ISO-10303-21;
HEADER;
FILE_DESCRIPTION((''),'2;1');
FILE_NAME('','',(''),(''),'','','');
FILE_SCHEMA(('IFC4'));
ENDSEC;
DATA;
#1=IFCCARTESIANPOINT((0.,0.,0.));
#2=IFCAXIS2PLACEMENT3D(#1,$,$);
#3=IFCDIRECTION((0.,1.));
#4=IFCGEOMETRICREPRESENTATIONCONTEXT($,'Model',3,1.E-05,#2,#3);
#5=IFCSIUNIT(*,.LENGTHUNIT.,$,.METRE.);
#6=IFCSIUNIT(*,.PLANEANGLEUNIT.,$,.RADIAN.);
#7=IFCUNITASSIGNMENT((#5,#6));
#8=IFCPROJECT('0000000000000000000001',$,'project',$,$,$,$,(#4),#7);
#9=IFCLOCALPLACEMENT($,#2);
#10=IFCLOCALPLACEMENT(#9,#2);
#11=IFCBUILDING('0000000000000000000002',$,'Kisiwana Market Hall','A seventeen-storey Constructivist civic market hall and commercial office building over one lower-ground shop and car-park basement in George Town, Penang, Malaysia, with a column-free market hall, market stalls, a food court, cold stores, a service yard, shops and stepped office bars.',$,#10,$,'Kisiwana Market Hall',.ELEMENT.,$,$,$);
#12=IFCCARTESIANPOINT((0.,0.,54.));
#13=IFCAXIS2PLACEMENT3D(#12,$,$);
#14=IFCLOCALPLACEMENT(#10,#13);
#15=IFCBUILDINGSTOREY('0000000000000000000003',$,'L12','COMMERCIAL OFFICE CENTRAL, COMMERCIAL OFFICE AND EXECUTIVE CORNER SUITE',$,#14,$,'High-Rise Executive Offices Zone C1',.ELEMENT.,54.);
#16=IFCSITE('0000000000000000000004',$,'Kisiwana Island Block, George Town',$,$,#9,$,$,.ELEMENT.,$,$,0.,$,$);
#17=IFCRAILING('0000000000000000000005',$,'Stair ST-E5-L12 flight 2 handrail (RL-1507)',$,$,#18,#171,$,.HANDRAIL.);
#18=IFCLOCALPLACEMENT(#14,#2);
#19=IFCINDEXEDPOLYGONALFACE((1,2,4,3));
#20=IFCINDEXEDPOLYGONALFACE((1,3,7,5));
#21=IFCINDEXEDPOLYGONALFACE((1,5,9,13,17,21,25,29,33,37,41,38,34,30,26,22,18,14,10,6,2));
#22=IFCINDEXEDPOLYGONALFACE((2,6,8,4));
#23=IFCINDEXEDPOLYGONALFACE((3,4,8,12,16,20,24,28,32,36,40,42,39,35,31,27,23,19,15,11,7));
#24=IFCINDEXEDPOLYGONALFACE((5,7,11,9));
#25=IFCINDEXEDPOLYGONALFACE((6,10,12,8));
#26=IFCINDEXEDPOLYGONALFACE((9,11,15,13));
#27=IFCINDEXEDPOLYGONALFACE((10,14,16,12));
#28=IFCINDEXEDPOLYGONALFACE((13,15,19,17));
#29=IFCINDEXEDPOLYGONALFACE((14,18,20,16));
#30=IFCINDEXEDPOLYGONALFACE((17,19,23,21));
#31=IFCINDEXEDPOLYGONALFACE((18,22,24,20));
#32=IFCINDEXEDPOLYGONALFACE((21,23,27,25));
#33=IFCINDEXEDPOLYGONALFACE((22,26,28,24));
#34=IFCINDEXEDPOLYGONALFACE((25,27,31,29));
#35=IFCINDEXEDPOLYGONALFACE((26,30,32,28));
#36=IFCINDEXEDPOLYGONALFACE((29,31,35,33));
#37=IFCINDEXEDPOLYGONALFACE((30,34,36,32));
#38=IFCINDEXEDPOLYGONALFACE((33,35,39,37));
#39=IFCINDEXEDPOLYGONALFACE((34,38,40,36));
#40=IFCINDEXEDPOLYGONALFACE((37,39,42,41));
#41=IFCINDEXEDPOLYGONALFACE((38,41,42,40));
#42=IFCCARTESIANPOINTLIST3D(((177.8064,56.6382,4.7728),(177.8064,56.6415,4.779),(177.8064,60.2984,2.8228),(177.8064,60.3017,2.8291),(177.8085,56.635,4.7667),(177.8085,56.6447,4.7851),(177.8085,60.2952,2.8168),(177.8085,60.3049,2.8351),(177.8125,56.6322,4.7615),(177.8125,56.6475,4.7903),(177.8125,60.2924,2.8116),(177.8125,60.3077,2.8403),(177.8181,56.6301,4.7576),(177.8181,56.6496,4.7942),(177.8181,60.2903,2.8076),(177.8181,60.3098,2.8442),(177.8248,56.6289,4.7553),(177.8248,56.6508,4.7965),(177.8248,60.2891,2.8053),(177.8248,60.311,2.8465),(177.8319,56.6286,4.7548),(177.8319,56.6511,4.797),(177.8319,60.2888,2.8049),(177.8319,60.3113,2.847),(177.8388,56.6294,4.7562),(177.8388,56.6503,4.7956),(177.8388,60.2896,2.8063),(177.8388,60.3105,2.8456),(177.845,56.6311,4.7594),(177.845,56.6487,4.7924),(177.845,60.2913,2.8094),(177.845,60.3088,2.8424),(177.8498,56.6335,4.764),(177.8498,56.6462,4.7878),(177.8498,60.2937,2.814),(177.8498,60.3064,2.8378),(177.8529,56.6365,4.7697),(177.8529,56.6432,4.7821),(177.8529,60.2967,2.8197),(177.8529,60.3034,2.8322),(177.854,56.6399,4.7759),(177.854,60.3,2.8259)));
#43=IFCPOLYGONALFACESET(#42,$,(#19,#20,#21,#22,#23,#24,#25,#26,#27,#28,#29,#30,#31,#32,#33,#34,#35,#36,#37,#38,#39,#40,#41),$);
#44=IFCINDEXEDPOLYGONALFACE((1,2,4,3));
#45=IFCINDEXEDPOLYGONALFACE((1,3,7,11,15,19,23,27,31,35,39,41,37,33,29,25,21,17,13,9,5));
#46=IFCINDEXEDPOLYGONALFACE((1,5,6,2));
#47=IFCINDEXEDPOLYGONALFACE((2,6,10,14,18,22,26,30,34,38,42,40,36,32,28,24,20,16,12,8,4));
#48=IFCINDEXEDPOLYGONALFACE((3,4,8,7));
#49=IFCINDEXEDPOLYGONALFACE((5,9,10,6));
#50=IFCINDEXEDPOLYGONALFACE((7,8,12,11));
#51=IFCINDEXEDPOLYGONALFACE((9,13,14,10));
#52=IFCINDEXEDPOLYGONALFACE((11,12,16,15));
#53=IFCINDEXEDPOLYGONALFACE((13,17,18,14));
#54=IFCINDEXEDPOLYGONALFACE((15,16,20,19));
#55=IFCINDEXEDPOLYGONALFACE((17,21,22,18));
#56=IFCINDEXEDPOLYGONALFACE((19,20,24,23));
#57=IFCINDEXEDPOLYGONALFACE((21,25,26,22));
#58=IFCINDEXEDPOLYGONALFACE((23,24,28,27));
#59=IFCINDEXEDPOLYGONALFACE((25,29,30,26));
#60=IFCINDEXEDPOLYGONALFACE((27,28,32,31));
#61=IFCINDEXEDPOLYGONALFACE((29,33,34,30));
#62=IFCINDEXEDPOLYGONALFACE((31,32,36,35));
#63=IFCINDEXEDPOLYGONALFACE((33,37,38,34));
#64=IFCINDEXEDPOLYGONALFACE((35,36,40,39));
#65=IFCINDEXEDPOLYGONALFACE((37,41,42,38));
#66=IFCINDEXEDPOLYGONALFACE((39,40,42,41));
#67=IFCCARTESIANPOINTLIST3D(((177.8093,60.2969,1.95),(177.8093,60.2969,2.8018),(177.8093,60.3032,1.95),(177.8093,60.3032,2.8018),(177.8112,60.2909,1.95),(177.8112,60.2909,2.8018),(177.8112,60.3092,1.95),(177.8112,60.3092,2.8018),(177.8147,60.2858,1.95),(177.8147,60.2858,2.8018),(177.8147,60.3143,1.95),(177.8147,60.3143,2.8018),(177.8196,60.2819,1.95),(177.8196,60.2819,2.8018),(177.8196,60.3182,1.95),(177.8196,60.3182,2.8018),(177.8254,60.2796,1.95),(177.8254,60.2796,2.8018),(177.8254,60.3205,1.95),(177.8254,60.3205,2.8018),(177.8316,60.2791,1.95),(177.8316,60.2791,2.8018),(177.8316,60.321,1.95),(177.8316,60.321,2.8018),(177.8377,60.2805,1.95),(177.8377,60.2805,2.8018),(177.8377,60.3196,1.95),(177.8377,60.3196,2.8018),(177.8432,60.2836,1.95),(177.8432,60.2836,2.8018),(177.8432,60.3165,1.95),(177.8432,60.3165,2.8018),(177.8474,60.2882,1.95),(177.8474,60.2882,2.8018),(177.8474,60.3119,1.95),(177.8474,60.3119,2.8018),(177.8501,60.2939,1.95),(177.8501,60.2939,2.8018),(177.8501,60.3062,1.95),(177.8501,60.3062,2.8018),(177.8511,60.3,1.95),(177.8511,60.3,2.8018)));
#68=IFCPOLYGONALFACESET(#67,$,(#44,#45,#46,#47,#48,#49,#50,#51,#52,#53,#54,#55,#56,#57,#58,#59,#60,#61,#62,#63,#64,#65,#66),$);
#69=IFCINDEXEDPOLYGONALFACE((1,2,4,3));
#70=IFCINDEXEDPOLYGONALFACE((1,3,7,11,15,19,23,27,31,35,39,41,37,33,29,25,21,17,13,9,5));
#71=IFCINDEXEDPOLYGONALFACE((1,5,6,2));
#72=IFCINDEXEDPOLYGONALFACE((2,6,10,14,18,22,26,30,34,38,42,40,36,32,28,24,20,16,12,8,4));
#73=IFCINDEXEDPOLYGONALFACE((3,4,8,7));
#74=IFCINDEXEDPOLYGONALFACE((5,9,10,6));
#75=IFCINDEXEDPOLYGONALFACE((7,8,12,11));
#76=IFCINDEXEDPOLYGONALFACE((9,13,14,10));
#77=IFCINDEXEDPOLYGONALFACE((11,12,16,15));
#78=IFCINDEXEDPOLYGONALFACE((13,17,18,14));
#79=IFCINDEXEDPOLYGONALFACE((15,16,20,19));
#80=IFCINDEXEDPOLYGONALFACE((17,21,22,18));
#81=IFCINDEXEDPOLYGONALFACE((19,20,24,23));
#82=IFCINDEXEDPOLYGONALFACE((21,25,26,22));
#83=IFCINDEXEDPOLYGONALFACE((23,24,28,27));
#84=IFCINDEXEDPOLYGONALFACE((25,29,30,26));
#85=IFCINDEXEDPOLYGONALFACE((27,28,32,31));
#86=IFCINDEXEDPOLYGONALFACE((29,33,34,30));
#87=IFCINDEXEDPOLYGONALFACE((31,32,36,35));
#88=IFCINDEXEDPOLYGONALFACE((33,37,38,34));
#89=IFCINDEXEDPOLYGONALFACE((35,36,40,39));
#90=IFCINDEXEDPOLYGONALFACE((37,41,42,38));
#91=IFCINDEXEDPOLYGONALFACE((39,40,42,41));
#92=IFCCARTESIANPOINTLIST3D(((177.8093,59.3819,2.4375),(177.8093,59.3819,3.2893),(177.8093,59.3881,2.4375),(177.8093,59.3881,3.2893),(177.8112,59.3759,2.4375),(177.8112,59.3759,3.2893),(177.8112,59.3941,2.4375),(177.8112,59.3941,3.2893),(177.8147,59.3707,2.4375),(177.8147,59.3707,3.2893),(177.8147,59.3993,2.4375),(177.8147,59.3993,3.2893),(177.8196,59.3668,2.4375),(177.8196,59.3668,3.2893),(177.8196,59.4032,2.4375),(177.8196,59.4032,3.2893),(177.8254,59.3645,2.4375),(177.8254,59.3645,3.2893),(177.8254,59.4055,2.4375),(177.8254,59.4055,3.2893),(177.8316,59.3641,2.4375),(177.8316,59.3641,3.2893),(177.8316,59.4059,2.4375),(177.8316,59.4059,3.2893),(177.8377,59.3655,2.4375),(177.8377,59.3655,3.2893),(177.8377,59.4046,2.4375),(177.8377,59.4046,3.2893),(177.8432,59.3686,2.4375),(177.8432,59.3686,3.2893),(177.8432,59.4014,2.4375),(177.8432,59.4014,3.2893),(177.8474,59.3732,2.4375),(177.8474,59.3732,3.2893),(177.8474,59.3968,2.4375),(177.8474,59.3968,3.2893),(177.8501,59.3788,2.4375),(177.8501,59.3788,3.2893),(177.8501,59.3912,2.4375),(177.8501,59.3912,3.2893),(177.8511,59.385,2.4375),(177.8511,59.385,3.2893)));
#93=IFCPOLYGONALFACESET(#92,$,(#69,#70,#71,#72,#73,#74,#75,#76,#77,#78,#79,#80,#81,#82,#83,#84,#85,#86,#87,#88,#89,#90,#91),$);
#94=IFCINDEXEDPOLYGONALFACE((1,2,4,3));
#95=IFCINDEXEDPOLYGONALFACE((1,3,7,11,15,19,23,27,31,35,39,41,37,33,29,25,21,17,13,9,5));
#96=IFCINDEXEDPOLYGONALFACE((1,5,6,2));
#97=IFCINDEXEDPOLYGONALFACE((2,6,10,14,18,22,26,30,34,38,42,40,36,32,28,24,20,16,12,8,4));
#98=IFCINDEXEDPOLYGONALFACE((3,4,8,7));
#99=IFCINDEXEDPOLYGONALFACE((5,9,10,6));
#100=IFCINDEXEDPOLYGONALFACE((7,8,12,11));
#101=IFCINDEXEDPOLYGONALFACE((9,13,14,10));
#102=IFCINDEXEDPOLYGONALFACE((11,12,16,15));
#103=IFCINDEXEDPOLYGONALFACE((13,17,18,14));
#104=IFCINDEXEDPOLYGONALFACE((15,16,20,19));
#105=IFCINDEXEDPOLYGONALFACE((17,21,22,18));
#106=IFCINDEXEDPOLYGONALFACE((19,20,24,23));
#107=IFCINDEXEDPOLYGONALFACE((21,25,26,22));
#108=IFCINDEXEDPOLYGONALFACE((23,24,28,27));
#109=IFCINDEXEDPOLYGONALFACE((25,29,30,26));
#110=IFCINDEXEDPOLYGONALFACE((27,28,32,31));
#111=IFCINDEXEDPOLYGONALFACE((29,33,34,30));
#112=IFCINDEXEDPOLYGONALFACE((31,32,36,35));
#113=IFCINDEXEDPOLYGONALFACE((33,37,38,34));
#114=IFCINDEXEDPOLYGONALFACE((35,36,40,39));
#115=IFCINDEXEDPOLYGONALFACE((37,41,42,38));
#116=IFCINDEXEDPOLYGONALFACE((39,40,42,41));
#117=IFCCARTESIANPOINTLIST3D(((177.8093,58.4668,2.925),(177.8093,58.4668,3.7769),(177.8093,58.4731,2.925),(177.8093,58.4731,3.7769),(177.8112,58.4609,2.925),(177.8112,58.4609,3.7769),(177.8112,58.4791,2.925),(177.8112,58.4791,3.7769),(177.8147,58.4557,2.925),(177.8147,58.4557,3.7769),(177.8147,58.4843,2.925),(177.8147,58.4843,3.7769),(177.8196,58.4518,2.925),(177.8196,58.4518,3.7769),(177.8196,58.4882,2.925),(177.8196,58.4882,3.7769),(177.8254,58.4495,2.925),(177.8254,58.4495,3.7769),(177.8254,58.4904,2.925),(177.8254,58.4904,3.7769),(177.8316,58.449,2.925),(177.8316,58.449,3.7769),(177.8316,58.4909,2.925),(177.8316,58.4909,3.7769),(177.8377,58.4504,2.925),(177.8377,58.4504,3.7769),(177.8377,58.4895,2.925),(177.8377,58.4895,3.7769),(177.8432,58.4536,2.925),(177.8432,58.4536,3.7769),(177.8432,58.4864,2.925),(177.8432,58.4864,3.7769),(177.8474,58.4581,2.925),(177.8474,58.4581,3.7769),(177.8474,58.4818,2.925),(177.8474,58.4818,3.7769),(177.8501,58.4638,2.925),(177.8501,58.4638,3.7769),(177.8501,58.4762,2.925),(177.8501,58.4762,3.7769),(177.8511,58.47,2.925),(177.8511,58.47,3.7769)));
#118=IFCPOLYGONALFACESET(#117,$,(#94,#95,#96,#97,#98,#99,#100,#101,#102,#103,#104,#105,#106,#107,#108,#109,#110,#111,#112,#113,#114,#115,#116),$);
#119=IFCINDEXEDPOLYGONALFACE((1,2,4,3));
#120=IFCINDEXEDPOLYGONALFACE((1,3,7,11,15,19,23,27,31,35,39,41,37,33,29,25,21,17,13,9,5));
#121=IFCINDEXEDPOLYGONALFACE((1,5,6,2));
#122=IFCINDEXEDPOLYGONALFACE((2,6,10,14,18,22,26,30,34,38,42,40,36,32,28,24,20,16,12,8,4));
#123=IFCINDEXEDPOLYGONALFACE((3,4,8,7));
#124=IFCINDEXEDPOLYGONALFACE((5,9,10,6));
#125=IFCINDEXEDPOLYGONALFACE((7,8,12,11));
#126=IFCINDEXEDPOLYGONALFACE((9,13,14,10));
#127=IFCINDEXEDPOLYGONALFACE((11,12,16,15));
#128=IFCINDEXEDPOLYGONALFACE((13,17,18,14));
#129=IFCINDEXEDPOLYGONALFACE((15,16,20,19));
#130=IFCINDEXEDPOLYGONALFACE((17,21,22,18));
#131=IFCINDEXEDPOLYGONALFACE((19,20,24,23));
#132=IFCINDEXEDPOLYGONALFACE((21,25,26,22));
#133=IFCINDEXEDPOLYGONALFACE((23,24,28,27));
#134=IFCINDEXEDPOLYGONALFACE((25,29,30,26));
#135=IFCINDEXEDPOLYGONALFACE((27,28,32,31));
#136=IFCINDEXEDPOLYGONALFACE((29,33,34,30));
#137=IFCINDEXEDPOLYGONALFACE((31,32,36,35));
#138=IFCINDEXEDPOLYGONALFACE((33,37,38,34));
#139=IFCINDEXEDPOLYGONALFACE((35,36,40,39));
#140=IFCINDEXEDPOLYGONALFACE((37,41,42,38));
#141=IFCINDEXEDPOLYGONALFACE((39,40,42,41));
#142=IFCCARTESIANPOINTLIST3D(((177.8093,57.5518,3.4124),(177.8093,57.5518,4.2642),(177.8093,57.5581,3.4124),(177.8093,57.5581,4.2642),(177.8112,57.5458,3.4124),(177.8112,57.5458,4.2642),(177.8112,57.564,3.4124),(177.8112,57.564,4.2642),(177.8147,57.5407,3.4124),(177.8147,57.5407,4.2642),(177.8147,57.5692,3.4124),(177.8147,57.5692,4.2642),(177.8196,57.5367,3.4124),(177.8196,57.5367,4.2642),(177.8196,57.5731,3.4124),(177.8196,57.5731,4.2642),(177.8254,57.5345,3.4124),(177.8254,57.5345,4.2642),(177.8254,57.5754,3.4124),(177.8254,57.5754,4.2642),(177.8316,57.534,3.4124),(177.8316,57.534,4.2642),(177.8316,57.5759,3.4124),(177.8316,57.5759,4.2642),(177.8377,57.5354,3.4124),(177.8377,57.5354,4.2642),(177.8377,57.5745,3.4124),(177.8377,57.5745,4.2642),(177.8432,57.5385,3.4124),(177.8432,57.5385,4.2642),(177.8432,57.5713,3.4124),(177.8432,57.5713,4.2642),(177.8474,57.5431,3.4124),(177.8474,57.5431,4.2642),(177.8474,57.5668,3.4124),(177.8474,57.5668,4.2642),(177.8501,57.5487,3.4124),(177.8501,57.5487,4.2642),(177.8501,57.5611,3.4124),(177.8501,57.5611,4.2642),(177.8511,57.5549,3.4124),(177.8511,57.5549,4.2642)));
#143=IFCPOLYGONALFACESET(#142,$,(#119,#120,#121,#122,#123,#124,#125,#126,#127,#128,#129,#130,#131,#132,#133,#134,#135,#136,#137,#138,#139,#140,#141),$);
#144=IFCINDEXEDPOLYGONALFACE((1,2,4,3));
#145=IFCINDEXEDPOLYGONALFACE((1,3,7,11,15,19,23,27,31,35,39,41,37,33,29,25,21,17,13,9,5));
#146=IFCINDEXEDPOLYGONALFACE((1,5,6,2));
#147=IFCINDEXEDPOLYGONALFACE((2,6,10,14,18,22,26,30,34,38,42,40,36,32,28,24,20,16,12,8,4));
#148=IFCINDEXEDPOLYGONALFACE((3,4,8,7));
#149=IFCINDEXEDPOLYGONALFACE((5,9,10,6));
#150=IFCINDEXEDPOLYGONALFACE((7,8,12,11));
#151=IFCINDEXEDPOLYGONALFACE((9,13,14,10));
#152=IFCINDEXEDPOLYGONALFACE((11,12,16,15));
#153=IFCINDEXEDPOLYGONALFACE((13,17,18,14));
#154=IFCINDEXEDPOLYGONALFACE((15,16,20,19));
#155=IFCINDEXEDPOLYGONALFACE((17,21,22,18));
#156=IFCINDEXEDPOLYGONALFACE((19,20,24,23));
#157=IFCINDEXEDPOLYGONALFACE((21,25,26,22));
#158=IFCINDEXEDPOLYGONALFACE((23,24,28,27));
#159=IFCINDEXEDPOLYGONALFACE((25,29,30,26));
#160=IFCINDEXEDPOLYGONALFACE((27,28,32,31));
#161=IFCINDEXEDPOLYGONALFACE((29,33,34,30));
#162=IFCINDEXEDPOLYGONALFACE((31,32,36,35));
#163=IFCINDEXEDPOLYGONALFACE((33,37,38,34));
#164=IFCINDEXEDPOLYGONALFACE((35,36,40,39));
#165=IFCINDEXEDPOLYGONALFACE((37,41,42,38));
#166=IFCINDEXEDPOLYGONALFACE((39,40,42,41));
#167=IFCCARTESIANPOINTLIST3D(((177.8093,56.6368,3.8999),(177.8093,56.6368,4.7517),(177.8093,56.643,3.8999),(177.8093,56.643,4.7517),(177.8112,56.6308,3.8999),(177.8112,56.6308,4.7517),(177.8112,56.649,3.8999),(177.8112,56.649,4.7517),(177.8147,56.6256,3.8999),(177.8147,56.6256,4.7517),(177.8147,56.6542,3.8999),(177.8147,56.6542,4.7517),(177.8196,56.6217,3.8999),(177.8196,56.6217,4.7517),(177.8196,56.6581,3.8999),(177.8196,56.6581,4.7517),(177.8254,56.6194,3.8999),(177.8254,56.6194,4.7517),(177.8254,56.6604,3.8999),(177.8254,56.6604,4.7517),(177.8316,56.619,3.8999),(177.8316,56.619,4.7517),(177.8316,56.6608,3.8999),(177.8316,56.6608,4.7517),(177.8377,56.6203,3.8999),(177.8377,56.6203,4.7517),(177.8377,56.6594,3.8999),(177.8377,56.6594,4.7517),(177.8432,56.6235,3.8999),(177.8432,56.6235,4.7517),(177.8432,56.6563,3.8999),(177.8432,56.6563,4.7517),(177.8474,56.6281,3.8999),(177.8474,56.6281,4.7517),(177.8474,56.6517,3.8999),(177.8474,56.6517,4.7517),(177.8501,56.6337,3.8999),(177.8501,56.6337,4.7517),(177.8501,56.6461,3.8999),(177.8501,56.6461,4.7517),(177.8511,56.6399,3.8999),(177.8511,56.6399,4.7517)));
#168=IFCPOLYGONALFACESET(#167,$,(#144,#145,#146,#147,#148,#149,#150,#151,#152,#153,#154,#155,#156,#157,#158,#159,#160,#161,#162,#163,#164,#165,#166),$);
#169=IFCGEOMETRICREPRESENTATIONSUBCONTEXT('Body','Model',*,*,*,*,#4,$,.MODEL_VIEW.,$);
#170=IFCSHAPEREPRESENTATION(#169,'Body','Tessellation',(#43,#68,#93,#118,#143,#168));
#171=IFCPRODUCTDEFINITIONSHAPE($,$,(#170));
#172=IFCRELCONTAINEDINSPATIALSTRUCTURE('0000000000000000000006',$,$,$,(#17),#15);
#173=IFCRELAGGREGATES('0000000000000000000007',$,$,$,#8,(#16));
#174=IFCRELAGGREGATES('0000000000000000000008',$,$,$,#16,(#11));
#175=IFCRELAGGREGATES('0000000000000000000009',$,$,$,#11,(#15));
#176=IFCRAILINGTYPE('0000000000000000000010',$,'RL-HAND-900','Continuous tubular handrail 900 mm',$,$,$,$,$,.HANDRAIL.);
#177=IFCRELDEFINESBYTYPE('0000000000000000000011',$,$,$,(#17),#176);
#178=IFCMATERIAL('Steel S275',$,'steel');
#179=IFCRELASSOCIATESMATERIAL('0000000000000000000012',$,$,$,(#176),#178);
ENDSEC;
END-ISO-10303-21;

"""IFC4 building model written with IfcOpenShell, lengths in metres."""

from ifc_helpers import new_model, si_unit, direction, frame, origin, origin_2d, place, context, subcontext, project, spatial, circle, extrude, material, type_object, element, save


model = new_model("IFC4")

# Units and contexts
model_context = context("Model", 3, precision=1e-05, world=origin(), true_north=direction((0.0, 1.0)))
body_context = subcontext(model_context, "Body", "Model", "MODEL_VIEW")
ifc_project = project(units=[si_unit("LENGTHUNIT", "METRE"), si_unit("PLANEANGLEUNIT", "RADIAN")], contexts=[model_context])

# Site, building, storey
site_placement = place(None, origin())
site = spatial("IfcSite", under=ifc_project, at=site_placement, Name="Kisiwana Island Block, George Town", CompositionType="ELEMENT", RefElevation=0.0)
building_placement = place(site_placement, origin())
building = spatial("IfcBuilding", under=site, at=building_placement, Name="Kisiwana Market Hall", Description="A seventeen-storey Constructivist civic market hall and commercial office building over one lower-ground shop and car-park basement in George Town, Penang, Malaysia, with a column-free market hall, market stalls, a food court, cold stores, a service yard, shops and stepped office bars.", LongName="Kisiwana Market Hall", CompositionType="ELEMENT")
storey_placement = place(building_placement, frame((0.0, 0.0, 54.0)))
storey = spatial("IfcBuildingStorey", under=building, at=storey_placement, Name="L12", Description="COMMERCIAL OFFICE CENTRAL, COMMERCIAL OFFICE AND EXECUTIVE CORNER SUITE", LongName="High-Rise Executive Offices Zone C1", CompositionType="ELEMENT", Elevation=54.0)

# Railing
ifc_material_1 = material(Name="Steel S275", Category="steel")
railing_type_1 = type_object("IfcRailingType", Name="RL-HAND-900", Description="Continuous tubular handrail 900 mm", PredefinedType="HANDRAIL", material=ifc_material_1)
railing_1_placement = place(storey_placement, frame((177.8301, 60.3, 1.95)))
element("IfcRailing", 1, at=railing_1_placement, inside=storey, type_object=railing_type_1, Name="Stair ST-E5-L12 flight 2 handrail (RL-1507)", PredefinedType="HANDRAIL", context=body_context, shape_type="SweptSolid", body=[
    extrude(circle(Radius=0.0239, at=origin_2d()), frame((0.0, 0.0, 0.876), z_axis=(0.0, -0.882566, 0.470188), x_axis=(1.0, 0.0, 0.0)), (0.0, 0.0, 1.0), 4.1472),
    extrude(circle(Radius=0.021, at=origin_2d()), origin(), (0.0, 0.0, 1.0), 0.8518),
    extrude(circle(Radius=0.021, at=origin_2d()), frame((0.0, -0.915, 0.4875)), (0.0, 0.0, 1.0), 0.8518),
    extrude(circle(Radius=0.021, at=origin_2d()), frame((0.0, -1.8301, 0.9751)), (0.0, 0.0, 1.0), 0.8518),
    extrude(circle(Radius=0.021, at=origin_2d()), frame((0.0, -2.7451, 1.4624)), (0.0, 0.0, 1.0), 0.8518),
    extrude(circle(Radius=0.021, at=origin_2d()), frame((0.0, -3.6602, 1.95)), (0.0, 0.0, 1.0), 0.8518),
])

save(model, "model.ifc")
